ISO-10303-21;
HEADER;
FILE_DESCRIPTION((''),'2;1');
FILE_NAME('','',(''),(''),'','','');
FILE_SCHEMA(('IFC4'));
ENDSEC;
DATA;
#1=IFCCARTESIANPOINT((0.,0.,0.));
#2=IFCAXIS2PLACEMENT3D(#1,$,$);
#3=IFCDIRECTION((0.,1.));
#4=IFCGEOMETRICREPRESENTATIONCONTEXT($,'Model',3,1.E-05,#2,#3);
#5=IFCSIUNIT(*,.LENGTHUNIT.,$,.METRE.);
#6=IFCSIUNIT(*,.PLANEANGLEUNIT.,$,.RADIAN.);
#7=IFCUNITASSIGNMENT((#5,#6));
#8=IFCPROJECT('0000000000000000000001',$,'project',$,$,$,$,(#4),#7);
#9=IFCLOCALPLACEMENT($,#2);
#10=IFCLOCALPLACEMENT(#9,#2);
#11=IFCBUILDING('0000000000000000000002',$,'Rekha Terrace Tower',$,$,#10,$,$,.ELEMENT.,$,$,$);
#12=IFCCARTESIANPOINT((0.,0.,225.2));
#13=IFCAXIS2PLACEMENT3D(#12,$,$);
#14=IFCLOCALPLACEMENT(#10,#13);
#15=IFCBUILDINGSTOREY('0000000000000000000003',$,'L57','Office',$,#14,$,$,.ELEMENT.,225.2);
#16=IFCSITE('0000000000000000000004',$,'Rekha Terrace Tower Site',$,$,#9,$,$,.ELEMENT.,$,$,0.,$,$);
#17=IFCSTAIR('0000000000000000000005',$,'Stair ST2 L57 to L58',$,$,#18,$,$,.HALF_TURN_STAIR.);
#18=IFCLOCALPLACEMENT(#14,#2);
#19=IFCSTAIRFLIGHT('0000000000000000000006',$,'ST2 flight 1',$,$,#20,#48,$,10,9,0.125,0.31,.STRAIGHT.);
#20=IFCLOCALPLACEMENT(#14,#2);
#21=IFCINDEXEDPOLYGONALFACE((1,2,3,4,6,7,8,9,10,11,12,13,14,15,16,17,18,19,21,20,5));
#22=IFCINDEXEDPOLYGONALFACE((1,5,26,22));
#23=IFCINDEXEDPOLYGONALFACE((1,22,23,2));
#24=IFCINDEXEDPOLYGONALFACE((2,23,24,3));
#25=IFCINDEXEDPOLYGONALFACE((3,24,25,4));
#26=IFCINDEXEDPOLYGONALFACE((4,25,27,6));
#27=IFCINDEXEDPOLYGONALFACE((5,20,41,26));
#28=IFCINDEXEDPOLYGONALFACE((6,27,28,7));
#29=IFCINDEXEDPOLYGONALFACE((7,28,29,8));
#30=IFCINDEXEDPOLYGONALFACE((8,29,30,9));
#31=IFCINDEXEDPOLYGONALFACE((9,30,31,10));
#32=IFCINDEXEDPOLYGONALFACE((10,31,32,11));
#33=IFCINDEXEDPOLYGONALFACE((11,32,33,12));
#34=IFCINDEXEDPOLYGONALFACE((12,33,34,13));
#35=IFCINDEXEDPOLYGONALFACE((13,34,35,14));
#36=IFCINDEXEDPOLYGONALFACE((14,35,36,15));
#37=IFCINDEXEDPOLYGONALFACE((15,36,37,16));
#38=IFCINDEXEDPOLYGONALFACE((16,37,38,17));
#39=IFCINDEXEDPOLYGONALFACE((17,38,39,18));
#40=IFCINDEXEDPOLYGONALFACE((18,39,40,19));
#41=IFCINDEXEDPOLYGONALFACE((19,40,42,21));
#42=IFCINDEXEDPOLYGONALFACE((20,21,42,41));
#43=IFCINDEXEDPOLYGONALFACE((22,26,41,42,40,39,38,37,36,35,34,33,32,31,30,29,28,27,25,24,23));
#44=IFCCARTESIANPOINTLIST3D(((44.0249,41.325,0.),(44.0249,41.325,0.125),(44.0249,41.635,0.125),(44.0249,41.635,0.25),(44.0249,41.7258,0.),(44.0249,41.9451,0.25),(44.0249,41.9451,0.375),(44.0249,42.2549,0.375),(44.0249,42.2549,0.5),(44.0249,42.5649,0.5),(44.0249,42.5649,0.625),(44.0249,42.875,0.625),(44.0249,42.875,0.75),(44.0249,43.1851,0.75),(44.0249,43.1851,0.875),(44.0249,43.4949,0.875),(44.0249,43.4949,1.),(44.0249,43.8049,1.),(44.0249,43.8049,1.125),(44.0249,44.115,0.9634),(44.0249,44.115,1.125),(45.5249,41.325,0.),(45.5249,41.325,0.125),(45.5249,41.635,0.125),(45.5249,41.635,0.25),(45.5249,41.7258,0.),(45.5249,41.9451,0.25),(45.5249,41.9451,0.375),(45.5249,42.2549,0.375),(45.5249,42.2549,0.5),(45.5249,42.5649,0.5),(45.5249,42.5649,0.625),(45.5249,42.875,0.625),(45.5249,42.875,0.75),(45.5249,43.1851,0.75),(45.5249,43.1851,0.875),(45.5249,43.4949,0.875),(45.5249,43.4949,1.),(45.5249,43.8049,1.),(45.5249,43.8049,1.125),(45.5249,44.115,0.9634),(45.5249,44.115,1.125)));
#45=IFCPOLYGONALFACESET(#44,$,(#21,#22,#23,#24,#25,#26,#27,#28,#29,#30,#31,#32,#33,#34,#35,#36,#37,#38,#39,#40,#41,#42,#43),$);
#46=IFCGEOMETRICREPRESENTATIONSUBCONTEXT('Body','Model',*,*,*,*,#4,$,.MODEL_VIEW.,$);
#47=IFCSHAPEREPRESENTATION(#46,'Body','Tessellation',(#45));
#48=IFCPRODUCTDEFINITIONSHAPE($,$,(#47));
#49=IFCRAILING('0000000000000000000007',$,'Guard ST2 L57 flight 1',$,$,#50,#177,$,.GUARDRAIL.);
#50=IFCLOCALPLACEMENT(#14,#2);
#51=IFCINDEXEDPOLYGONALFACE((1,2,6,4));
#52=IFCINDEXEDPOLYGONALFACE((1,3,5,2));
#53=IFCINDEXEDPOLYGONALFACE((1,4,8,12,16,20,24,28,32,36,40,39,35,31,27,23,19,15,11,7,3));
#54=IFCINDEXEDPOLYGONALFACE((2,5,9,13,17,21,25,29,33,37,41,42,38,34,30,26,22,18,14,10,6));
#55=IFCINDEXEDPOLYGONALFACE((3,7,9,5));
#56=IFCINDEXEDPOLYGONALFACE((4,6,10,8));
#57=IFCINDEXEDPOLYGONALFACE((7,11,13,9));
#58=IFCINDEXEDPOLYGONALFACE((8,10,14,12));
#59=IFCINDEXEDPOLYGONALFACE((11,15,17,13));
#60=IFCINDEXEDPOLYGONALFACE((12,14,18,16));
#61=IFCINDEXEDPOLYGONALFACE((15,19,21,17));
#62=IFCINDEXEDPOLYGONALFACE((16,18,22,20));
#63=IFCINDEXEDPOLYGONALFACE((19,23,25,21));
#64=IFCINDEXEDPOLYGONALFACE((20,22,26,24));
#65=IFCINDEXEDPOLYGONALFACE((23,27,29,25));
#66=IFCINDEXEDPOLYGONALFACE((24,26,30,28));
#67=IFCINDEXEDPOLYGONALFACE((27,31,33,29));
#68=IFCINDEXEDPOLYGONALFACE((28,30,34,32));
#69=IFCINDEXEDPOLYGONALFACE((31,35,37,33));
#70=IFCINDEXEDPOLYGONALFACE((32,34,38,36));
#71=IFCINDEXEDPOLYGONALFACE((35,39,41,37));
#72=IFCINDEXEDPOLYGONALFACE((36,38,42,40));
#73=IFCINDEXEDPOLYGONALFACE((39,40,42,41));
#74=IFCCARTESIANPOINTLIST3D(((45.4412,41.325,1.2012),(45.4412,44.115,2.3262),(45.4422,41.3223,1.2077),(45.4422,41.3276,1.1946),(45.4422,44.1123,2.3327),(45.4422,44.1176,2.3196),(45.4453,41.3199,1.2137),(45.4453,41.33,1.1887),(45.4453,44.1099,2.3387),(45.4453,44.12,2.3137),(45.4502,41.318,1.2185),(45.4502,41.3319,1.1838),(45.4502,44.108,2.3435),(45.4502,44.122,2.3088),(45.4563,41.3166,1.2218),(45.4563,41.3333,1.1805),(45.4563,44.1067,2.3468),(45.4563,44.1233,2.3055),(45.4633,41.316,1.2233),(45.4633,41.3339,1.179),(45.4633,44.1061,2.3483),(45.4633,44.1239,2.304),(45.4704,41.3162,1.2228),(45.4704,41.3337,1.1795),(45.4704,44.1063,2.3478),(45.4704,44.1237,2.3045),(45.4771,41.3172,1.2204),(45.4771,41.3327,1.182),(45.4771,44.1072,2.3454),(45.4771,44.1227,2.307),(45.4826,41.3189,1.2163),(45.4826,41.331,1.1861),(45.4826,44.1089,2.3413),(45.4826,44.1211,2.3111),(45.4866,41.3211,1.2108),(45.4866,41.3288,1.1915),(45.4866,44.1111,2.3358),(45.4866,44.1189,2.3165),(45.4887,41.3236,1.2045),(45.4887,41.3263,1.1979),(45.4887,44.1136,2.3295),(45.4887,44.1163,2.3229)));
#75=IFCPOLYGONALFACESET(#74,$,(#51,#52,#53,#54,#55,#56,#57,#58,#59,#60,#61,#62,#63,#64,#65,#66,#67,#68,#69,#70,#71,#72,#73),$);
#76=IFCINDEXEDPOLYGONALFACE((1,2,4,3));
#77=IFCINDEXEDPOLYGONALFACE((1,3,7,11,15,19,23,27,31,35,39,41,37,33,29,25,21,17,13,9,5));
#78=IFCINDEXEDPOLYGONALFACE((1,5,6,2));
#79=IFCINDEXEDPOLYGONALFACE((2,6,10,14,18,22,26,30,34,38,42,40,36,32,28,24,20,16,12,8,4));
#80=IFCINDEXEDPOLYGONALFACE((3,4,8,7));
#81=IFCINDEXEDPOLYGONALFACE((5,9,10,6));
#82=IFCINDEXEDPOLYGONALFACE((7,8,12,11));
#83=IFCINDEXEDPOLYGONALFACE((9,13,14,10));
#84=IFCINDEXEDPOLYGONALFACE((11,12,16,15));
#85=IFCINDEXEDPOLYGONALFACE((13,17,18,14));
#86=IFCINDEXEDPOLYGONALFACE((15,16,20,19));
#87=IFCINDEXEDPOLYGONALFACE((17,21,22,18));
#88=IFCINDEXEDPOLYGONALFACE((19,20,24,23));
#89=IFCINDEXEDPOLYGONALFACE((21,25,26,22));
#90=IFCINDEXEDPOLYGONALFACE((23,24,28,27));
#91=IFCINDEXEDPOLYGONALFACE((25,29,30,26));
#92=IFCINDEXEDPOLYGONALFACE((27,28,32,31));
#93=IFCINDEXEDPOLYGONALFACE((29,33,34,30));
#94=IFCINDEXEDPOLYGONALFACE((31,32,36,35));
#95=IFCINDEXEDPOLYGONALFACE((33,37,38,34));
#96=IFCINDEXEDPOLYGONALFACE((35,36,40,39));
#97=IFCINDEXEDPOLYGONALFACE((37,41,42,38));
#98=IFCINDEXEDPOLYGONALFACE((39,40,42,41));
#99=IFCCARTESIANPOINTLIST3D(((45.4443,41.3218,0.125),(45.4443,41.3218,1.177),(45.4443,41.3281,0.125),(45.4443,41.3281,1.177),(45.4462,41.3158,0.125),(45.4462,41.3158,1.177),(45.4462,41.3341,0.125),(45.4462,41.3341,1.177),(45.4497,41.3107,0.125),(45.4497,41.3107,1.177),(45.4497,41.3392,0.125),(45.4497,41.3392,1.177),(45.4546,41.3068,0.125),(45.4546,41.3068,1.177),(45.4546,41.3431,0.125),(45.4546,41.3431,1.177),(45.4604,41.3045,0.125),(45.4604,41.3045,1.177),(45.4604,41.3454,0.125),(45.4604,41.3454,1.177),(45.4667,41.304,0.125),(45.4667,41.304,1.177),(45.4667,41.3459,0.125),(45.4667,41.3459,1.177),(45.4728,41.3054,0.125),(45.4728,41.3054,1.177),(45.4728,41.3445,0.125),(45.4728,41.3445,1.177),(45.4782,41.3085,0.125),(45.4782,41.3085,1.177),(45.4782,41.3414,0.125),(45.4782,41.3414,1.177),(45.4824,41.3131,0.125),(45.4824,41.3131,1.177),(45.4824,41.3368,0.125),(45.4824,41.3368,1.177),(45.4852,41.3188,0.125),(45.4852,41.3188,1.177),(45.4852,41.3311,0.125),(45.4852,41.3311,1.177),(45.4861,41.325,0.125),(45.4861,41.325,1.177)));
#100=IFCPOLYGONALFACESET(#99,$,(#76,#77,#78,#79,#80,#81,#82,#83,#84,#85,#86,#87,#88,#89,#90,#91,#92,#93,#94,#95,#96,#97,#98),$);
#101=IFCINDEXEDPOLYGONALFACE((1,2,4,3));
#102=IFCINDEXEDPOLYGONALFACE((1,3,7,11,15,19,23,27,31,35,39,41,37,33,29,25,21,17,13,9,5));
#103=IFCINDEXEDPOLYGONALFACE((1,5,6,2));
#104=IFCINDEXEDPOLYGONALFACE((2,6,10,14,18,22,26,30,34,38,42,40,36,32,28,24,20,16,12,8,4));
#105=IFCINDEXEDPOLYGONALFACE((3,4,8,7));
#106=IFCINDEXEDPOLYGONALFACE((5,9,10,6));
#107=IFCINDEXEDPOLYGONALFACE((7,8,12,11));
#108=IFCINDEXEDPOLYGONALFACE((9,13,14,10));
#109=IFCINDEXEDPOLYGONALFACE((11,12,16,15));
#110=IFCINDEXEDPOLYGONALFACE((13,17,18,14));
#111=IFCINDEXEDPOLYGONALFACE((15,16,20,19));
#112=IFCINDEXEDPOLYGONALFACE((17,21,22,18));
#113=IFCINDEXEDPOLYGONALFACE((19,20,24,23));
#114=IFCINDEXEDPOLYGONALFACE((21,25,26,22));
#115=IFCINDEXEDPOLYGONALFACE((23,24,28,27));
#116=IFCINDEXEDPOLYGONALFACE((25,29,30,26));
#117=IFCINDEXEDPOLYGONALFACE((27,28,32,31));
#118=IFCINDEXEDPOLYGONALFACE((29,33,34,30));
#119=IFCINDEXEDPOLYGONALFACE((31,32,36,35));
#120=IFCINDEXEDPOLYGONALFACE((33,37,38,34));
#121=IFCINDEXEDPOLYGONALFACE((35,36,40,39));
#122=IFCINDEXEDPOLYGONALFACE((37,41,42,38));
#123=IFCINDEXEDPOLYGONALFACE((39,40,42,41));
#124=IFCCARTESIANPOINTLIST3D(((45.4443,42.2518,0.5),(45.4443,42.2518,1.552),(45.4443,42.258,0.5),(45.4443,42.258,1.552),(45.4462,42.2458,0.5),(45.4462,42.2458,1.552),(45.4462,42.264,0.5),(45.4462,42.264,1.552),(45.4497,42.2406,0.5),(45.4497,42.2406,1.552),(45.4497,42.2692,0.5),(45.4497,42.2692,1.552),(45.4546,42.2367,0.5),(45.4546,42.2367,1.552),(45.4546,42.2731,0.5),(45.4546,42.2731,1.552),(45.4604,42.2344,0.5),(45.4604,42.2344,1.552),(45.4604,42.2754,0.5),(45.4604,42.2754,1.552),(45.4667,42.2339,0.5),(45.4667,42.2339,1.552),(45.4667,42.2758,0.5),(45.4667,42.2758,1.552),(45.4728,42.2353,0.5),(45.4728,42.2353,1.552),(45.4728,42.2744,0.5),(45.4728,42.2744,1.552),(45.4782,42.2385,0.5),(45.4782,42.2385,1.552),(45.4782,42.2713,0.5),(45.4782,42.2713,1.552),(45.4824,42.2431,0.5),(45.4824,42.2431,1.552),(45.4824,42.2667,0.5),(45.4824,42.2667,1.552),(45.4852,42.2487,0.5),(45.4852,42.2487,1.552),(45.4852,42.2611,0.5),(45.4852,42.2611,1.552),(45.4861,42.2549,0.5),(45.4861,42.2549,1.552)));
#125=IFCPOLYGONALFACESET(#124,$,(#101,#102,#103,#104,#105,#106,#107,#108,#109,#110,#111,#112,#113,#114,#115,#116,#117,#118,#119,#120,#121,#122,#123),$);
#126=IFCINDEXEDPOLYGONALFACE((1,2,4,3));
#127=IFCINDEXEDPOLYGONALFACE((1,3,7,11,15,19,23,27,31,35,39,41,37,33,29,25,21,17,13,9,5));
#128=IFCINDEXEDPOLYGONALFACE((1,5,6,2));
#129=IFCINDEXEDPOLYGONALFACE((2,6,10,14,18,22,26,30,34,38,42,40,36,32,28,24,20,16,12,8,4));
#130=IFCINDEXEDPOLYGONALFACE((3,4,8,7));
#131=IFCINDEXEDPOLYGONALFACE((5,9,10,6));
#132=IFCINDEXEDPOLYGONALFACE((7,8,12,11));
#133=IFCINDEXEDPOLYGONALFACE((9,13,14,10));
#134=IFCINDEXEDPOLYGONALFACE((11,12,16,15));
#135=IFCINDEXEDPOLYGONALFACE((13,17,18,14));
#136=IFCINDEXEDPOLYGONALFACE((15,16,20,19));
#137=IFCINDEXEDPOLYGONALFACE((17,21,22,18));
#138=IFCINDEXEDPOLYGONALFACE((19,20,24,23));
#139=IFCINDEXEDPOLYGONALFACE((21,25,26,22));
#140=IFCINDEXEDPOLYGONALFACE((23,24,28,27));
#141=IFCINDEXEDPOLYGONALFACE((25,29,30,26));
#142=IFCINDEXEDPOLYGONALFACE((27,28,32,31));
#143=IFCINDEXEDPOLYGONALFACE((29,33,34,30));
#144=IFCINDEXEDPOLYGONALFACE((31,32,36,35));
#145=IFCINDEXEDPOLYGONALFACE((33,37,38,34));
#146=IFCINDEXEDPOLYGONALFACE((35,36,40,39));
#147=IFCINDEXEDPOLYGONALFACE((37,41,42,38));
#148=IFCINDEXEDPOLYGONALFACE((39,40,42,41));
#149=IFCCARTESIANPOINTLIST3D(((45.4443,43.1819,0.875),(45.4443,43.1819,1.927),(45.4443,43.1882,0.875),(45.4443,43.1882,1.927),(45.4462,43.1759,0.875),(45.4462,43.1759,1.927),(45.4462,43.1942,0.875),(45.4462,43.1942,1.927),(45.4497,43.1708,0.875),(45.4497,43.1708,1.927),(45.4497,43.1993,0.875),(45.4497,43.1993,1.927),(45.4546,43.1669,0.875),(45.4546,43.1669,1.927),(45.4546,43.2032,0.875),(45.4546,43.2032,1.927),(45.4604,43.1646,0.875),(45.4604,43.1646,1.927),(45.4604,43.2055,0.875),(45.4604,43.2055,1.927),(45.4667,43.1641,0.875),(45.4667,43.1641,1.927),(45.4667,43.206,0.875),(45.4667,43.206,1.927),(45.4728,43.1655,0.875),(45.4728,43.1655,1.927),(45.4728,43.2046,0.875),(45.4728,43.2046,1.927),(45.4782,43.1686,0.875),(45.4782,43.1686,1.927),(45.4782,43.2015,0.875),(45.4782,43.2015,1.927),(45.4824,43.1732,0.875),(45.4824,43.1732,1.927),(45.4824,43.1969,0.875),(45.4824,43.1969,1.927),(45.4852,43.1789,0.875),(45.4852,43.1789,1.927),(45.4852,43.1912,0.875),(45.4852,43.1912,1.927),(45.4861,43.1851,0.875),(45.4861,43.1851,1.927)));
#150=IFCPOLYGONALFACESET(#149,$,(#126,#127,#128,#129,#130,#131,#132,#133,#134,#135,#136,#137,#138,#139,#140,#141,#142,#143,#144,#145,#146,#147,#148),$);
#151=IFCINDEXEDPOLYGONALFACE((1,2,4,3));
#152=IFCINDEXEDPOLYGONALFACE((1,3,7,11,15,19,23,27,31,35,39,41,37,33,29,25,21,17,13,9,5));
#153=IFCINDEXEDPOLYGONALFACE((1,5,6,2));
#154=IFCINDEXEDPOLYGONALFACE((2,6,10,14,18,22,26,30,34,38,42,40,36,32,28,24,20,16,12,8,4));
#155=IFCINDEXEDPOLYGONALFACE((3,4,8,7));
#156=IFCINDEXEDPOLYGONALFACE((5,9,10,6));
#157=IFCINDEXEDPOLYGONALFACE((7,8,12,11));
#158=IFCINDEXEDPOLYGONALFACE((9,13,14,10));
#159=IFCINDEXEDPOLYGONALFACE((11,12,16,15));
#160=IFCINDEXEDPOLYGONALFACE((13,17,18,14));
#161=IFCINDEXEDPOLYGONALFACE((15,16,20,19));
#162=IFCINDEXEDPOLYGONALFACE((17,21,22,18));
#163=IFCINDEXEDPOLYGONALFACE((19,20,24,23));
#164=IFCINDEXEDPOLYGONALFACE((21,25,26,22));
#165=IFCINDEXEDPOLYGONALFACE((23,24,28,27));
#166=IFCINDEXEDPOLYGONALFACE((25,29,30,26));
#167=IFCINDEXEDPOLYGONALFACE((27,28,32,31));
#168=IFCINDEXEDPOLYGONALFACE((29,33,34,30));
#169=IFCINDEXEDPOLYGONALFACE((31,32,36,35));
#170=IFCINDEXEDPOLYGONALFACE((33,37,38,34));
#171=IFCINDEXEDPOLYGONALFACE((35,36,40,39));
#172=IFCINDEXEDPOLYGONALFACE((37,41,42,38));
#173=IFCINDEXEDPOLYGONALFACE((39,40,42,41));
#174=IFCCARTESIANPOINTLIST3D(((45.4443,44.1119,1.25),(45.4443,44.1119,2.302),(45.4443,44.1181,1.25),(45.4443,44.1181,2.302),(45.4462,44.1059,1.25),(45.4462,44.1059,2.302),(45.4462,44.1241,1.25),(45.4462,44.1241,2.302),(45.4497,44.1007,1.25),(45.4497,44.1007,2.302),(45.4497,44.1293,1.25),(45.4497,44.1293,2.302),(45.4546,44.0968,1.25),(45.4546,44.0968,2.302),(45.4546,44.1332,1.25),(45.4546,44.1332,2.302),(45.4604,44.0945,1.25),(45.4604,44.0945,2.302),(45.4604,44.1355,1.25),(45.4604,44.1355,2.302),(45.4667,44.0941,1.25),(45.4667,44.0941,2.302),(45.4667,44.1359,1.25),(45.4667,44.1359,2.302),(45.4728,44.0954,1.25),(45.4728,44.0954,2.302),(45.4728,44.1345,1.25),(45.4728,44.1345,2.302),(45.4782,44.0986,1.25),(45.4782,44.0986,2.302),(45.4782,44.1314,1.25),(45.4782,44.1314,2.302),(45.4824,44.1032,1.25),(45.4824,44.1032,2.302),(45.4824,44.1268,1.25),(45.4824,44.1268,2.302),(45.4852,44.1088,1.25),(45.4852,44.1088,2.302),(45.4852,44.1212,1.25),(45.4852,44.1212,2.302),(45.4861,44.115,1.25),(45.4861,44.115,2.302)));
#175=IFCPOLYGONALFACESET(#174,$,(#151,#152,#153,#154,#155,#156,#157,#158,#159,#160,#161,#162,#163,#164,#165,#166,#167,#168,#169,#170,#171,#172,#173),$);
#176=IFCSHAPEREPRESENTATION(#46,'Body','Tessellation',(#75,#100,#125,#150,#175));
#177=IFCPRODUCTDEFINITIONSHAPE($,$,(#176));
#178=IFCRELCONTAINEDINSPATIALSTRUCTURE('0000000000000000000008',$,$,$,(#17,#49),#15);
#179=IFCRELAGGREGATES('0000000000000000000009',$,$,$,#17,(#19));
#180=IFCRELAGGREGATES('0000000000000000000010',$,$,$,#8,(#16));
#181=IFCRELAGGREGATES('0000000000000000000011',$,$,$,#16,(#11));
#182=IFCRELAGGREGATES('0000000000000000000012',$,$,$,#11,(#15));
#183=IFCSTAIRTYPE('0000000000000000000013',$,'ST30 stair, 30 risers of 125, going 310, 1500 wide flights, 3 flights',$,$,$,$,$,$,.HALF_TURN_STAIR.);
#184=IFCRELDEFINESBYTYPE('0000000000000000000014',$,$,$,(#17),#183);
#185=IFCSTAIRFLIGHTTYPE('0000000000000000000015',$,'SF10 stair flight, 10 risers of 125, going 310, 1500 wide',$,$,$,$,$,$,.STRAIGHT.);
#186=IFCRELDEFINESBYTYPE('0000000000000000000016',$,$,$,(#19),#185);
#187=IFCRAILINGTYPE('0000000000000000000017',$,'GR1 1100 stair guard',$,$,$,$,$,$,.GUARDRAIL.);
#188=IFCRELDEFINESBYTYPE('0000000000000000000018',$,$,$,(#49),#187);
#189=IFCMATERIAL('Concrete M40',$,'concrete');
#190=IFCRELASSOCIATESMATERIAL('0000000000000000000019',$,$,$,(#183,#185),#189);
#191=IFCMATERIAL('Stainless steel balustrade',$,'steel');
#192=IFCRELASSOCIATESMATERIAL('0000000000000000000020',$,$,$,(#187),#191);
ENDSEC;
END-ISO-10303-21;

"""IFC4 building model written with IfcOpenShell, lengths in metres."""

from ifc_helpers import new_model, si_unit, direction, frame, origin, origin_2d, place, context, subcontext, project, spatial, polyline, circle, outline, extrude, material, type_object, element, aggregate, save


model = new_model("IFC4")

# Units and contexts
model_context = context("Model", 3, precision=1e-05, world=origin(), true_north=direction((0.0, 1.0)))
body_context = subcontext(model_context, "Body", "Model", "MODEL_VIEW")
ifc_project = project(units=[si_unit("LENGTHUNIT", "METRE"), si_unit("PLANEANGLEUNIT", "RADIAN")], contexts=[model_context])

# Site, building, storey
site_placement = place(None, origin())
site = spatial("IfcSite", under=ifc_project, at=site_placement, Name="Rekha Terrace Tower Site", CompositionType="ELEMENT", RefElevation=0.0)
building_placement = place(site_placement, origin())
building = spatial("IfcBuilding", under=site, at=building_placement, Name="Rekha Terrace Tower", CompositionType="ELEMENT")
storey_placement = place(building_placement, frame((0.0, 0.0, 225.2)))
storey = spatial("IfcBuildingStorey", under=building, at=storey_placement, Name="L57", Description="Office", CompositionType="ELEMENT", Elevation=225.2)

# Stair, stair flight
ifc_material_1 = material(Name="Concrete M40", Category="concrete")
stair_type = type_object("IfcStairType", Name="ST30 stair, 30 risers of 125, going 310, 1500 wide flights, 3 flights", PredefinedType="HALF_TURN_STAIR", material=ifc_material_1)
stair_placement = place(storey_placement, origin())
stair = element("IfcStair", 1, at=stair_placement, inside=storey, type_object=stair_type, Name="Stair ST2 L57 to L58", PredefinedType="HALF_TURN_STAIR")
stair_flight_type = type_object("IfcStairFlightType", Name="SF10 stair flight, 10 risers of 125, going 310, 1500 wide", PredefinedType="STRAIGHT", material=ifc_material_1)
stair_flight_placement = place(storey_placement, frame((44.7749, 41.325, 0.0), z_axis=(0.0, 0.0, 1.0), x_axis=(0.0, 1.0, 0.0)))
stair_flight = element("IfcStairFlight", 2, at=stair_flight_placement, type_object=stair_flight_type, Name="ST2 flight 1", NumberOfRisers=10, NumberOfTreads=9, PredefinedType="STRAIGHT", RiserHeight=0.125, TreadLength=0.31, context=body_context, shape_type="SweptSolid", body=[
    extrude(outline(polyline([(0.0, 0.0), (0.0, 0.125), (0.3101, 0.125), (0.3101, 0.25), (0.6201, 0.25), (0.6201, 0.375), (0.9299, 0.375), (0.9299, 0.5), (1.24, 0.5), (1.24, 0.625), (1.55, 0.625), (1.55, 0.75), (1.8601, 0.75), (1.8601, 0.875), (2.1699, 0.875), (2.1699, 1.0), (2.48, 1.0), (2.48, 1.125), (2.79, 1.125), (2.79, 1.25), (2.79, 0.9634), (0.4009, 0.0), (0.0, 0.0)])), frame((0.0, 0.75, 0.0), z_axis=(0.0, -1.0, 0.0), x_axis=(1.0, 0.0, 0.0)), (0.0, 0.0, 1.0), 1.5),
])
aggregate(stair, [stair_flight])

# Railing
ifc_material_2 = material(Name="Stainless steel balustrade", Category="steel")
railing_type_1 = type_object("IfcRailingType", Name="GR1 1100 stair guard", PredefinedType="GUARDRAIL", material=ifc_material_2)
railing_1_placement = place(storey_placement, frame((45.4651, 41.325, 0.125)))
element("IfcRailing", 3, at=railing_1_placement, inside=storey, type_object=railing_type_1, Name="Guard ST2 L57 flight 1", PredefinedType="GUARDRAIL", context=body_context, shape_type="SweptSolid", body=[
    extrude(circle(Radius=0.0239, at=origin_2d()), frame((0.0, 0.0, 1.0762), z_axis=(0.0, 0.927443, 0.373964), x_axis=(-1.0, 0.0, 0.0)), (0.0, 0.0, 1.0), 3.0083),
    extrude(circle(Radius=0.021, at=origin_2d()), origin(), (0.0, 0.0, 1.0), 1.052),
    extrude(circle(Radius=0.021, at=origin_2d()), frame((0.0, 0.9299, 0.375)), (0.0, 0.0, 1.0), 1.052),
    extrude(circle(Radius=0.021, at=origin_2d()), frame((0.0, 1.8601, 0.75)), (0.0, 0.0, 1.0), 1.052),
    extrude(circle(Radius=0.021, at=origin_2d()), frame((0.0, 2.79, 1.125)), (0.0, 0.0, 1.0), 1.052),
])

save(model, "model.ifc")
